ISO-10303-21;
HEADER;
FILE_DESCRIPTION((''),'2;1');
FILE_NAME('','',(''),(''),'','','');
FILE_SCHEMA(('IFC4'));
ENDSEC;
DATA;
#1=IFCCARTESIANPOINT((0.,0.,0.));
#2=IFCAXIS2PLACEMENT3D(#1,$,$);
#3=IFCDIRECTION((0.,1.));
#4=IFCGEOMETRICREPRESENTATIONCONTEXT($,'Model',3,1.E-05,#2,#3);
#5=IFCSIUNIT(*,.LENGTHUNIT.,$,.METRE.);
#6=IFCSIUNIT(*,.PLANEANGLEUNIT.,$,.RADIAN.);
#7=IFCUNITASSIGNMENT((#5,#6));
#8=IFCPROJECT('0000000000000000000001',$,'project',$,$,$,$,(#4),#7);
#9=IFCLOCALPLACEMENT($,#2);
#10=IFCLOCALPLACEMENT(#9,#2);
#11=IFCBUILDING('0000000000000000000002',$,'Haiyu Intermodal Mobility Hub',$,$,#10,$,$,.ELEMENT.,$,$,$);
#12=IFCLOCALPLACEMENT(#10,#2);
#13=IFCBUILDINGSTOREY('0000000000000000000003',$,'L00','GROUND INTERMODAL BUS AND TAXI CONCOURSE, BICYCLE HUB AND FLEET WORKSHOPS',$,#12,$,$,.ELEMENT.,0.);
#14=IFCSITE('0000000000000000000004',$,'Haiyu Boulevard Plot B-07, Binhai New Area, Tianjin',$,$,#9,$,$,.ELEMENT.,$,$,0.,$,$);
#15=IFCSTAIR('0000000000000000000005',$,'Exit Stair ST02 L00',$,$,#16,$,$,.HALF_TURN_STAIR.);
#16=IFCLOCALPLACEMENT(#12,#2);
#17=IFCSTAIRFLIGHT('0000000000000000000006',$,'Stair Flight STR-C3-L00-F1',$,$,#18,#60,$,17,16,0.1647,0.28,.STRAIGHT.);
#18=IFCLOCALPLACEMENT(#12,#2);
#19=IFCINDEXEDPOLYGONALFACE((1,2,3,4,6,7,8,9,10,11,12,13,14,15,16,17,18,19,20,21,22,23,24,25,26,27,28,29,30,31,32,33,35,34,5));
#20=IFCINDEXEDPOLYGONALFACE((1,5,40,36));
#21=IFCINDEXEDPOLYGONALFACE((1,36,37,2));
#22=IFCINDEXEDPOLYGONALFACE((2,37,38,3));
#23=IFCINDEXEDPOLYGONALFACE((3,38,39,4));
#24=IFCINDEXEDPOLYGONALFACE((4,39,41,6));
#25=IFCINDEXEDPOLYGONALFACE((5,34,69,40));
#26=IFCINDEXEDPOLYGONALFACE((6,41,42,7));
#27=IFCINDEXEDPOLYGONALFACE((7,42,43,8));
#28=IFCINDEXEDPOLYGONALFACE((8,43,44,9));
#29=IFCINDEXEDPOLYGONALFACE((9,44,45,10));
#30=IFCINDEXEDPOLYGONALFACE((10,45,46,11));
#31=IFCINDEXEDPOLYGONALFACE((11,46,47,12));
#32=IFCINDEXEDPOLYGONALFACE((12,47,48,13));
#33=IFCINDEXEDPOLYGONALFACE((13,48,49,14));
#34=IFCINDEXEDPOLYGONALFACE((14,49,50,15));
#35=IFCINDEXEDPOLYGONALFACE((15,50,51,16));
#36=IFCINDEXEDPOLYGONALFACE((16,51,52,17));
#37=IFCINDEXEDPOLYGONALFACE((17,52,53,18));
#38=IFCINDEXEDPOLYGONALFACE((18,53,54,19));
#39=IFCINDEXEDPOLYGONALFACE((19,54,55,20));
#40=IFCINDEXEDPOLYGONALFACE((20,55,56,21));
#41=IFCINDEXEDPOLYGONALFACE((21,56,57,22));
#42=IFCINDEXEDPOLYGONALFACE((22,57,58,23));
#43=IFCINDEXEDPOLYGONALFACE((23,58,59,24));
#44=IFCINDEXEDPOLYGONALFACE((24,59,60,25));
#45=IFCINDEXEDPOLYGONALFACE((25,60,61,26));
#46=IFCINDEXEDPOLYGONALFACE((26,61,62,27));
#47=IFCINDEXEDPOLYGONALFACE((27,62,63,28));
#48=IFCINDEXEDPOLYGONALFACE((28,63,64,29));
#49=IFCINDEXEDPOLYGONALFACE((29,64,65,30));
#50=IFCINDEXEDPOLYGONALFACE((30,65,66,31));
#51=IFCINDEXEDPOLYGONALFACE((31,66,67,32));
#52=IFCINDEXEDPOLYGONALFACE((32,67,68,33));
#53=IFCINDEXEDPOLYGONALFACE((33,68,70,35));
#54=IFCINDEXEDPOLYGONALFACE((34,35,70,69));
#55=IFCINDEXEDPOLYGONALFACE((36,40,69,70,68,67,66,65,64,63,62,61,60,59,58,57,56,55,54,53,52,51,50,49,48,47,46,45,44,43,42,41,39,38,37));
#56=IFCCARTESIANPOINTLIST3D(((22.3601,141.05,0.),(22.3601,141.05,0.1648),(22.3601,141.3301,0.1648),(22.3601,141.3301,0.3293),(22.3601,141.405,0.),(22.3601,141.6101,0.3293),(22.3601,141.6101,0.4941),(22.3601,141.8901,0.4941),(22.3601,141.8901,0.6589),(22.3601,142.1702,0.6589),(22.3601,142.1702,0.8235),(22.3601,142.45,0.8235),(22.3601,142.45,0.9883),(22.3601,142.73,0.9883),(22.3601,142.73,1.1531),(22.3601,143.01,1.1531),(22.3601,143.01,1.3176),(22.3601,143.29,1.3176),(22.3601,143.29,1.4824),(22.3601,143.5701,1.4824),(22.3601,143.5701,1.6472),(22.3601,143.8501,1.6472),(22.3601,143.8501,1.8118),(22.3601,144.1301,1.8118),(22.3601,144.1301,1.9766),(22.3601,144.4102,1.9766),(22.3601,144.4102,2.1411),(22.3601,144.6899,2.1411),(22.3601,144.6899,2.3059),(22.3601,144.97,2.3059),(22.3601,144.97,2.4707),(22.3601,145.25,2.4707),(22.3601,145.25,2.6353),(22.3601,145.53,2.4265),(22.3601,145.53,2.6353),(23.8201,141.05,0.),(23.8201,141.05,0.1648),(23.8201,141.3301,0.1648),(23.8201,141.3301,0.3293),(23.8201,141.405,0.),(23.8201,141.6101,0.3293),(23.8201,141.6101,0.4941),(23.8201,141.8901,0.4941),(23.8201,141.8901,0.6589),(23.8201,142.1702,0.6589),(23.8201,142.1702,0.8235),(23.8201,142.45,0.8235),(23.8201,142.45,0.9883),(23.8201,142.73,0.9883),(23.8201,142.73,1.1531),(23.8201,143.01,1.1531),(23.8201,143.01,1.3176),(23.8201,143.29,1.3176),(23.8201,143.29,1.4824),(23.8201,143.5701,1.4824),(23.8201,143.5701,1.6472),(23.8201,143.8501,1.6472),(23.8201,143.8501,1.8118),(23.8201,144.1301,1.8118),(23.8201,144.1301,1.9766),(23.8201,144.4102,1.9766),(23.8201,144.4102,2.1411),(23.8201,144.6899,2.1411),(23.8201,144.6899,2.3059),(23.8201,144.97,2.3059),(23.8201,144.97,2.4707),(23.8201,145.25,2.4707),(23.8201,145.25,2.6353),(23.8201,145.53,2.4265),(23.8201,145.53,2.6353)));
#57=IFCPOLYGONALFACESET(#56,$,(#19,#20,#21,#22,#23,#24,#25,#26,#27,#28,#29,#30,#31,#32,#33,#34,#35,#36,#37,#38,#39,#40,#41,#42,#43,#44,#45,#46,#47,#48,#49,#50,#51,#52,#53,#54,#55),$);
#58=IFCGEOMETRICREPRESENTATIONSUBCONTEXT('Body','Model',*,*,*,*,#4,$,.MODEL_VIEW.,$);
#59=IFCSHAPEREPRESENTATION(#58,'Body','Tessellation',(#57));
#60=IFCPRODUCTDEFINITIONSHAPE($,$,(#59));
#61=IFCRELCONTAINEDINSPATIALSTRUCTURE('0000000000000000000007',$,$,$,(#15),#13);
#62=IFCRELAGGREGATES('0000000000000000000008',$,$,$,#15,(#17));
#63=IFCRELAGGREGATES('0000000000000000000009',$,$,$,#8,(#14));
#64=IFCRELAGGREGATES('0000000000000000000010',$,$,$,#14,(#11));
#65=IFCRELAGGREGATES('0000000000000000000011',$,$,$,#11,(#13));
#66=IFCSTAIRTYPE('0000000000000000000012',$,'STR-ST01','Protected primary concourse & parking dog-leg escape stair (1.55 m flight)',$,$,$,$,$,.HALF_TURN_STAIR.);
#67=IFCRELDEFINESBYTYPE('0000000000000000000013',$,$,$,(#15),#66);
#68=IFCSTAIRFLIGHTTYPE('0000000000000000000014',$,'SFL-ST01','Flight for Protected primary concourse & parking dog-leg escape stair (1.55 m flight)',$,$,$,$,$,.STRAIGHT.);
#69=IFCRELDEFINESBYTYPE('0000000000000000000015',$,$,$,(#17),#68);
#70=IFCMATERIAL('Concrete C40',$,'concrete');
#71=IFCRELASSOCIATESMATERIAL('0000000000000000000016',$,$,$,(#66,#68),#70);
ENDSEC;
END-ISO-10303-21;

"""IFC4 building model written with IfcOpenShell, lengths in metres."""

from ifc_helpers import new_model, si_unit, direction, frame, origin, place, context, subcontext, project, spatial, polyline, outline, extrude, material, type_object, element, aggregate, save


model = new_model("IFC4")

# Units and contexts
model_context = context("Model", 3, precision=1e-05, world=origin(), true_north=direction((0.0, 1.0)))
body_context = subcontext(model_context, "Body", "Model", "MODEL_VIEW")
ifc_project = project(units=[si_unit("LENGTHUNIT", "METRE"), si_unit("PLANEANGLEUNIT", "RADIAN")], contexts=[model_context])

# Site, building, storey
site_placement = place(None, origin())
site = spatial("IfcSite", under=ifc_project, at=site_placement, Name="Haiyu Boulevard Plot B-07, Binhai New Area, Tianjin", CompositionType="ELEMENT", RefElevation=0.0)
building_placement = place(site_placement, origin())
building = spatial("IfcBuilding", under=site, at=building_placement, Name="Haiyu Intermodal Mobility Hub", CompositionType="ELEMENT")
storey_placement = place(building_placement, origin())
storey = spatial("IfcBuildingStorey", under=building, at=storey_placement, Name="L00", Description="GROUND INTERMODAL BUS AND TAXI CONCOURSE, BICYCLE HUB AND FLEET WORKSHOPS", CompositionType="ELEMENT", Elevation=0.0)

# Shared definitions
ifc_material_1 = material(Name="Concrete C40", Category="concrete")

# Stair, stair flight
stair_type = type_object("IfcStairType", Name="STR-ST01", Description="Protected primary concourse & parking dog-leg escape stair (1.55 m flight)", PredefinedType="HALF_TURN_STAIR", material=ifc_material_1)
stair_placement = place(storey_placement, origin())
stair = element("IfcStair", 1, at=stair_placement, inside=storey, type_object=stair_type, Name="Exit Stair ST02 L00", PredefinedType="HALF_TURN_STAIR")
stair_flight_type = type_object("IfcStairFlightType", Name="SFL-ST01", Description="Flight for Protected primary concourse & parking dog-leg escape stair (1.55 m flight)", PredefinedType="STRAIGHT", material=ifc_material_1)
stair_flight_placement = place(storey_placement, frame((23.0901, 141.05, 0.0), z_axis=(0.0, 0.0, 1.0), x_axis=(0.0, 1.0, 0.0)))
stair_flight = element("IfcStairFlight", 2, at=stair_flight_placement, type_object=stair_flight_type, Name="Stair Flight STR-C3-L00-F1", NumberOfRisers=17, NumberOfTreads=16, PredefinedType="STRAIGHT", RiserHeight=0.1647, TreadLength=0.28, context=body_context, shape_type="SweptSolid", body=[
    extrude(outline(polyline([(0.0, 0.0), (0.0, 0.1648), (0.28, 0.1648), (0.28, 0.3293), (0.5601, 0.3293), (0.5601, 0.4941), (0.8401, 0.4941), (0.8401, 0.6589), (1.1201, 0.6589), (1.1201, 0.8235), (1.3999, 0.8235), (1.3999, 0.9883), (1.6799, 0.9883), (1.6799, 1.1531), (1.96, 1.1531), (1.96, 1.3176), (2.24, 1.3176), (2.24, 1.4824), (2.52, 1.4824), (2.52, 1.6472), (2.8, 1.6472), (2.8, 1.8118), (3.0801, 1.8118), (3.0801, 1.9766), (3.3601, 1.9766), (3.3601, 2.1411), (3.6399, 2.1411), (3.6399, 2.3059), (3.9199, 2.3059), (3.9199, 2.4707), (4.2, 2.4707), (4.2, 2.6353), (4.48, 2.6353), (4.48, 2.8), (4.48, 2.4265), (0.355, 0.0), (0.0, 0.0)])), frame((0.0, 0.73, 0.0), z_axis=(0.0, -1.0, 0.0), x_axis=(1.0, 0.0, 0.0)), (0.0, 0.0, 1.0), 1.46),
])
aggregate(stair, [stair_flight])

save(model, "model.ifc")
